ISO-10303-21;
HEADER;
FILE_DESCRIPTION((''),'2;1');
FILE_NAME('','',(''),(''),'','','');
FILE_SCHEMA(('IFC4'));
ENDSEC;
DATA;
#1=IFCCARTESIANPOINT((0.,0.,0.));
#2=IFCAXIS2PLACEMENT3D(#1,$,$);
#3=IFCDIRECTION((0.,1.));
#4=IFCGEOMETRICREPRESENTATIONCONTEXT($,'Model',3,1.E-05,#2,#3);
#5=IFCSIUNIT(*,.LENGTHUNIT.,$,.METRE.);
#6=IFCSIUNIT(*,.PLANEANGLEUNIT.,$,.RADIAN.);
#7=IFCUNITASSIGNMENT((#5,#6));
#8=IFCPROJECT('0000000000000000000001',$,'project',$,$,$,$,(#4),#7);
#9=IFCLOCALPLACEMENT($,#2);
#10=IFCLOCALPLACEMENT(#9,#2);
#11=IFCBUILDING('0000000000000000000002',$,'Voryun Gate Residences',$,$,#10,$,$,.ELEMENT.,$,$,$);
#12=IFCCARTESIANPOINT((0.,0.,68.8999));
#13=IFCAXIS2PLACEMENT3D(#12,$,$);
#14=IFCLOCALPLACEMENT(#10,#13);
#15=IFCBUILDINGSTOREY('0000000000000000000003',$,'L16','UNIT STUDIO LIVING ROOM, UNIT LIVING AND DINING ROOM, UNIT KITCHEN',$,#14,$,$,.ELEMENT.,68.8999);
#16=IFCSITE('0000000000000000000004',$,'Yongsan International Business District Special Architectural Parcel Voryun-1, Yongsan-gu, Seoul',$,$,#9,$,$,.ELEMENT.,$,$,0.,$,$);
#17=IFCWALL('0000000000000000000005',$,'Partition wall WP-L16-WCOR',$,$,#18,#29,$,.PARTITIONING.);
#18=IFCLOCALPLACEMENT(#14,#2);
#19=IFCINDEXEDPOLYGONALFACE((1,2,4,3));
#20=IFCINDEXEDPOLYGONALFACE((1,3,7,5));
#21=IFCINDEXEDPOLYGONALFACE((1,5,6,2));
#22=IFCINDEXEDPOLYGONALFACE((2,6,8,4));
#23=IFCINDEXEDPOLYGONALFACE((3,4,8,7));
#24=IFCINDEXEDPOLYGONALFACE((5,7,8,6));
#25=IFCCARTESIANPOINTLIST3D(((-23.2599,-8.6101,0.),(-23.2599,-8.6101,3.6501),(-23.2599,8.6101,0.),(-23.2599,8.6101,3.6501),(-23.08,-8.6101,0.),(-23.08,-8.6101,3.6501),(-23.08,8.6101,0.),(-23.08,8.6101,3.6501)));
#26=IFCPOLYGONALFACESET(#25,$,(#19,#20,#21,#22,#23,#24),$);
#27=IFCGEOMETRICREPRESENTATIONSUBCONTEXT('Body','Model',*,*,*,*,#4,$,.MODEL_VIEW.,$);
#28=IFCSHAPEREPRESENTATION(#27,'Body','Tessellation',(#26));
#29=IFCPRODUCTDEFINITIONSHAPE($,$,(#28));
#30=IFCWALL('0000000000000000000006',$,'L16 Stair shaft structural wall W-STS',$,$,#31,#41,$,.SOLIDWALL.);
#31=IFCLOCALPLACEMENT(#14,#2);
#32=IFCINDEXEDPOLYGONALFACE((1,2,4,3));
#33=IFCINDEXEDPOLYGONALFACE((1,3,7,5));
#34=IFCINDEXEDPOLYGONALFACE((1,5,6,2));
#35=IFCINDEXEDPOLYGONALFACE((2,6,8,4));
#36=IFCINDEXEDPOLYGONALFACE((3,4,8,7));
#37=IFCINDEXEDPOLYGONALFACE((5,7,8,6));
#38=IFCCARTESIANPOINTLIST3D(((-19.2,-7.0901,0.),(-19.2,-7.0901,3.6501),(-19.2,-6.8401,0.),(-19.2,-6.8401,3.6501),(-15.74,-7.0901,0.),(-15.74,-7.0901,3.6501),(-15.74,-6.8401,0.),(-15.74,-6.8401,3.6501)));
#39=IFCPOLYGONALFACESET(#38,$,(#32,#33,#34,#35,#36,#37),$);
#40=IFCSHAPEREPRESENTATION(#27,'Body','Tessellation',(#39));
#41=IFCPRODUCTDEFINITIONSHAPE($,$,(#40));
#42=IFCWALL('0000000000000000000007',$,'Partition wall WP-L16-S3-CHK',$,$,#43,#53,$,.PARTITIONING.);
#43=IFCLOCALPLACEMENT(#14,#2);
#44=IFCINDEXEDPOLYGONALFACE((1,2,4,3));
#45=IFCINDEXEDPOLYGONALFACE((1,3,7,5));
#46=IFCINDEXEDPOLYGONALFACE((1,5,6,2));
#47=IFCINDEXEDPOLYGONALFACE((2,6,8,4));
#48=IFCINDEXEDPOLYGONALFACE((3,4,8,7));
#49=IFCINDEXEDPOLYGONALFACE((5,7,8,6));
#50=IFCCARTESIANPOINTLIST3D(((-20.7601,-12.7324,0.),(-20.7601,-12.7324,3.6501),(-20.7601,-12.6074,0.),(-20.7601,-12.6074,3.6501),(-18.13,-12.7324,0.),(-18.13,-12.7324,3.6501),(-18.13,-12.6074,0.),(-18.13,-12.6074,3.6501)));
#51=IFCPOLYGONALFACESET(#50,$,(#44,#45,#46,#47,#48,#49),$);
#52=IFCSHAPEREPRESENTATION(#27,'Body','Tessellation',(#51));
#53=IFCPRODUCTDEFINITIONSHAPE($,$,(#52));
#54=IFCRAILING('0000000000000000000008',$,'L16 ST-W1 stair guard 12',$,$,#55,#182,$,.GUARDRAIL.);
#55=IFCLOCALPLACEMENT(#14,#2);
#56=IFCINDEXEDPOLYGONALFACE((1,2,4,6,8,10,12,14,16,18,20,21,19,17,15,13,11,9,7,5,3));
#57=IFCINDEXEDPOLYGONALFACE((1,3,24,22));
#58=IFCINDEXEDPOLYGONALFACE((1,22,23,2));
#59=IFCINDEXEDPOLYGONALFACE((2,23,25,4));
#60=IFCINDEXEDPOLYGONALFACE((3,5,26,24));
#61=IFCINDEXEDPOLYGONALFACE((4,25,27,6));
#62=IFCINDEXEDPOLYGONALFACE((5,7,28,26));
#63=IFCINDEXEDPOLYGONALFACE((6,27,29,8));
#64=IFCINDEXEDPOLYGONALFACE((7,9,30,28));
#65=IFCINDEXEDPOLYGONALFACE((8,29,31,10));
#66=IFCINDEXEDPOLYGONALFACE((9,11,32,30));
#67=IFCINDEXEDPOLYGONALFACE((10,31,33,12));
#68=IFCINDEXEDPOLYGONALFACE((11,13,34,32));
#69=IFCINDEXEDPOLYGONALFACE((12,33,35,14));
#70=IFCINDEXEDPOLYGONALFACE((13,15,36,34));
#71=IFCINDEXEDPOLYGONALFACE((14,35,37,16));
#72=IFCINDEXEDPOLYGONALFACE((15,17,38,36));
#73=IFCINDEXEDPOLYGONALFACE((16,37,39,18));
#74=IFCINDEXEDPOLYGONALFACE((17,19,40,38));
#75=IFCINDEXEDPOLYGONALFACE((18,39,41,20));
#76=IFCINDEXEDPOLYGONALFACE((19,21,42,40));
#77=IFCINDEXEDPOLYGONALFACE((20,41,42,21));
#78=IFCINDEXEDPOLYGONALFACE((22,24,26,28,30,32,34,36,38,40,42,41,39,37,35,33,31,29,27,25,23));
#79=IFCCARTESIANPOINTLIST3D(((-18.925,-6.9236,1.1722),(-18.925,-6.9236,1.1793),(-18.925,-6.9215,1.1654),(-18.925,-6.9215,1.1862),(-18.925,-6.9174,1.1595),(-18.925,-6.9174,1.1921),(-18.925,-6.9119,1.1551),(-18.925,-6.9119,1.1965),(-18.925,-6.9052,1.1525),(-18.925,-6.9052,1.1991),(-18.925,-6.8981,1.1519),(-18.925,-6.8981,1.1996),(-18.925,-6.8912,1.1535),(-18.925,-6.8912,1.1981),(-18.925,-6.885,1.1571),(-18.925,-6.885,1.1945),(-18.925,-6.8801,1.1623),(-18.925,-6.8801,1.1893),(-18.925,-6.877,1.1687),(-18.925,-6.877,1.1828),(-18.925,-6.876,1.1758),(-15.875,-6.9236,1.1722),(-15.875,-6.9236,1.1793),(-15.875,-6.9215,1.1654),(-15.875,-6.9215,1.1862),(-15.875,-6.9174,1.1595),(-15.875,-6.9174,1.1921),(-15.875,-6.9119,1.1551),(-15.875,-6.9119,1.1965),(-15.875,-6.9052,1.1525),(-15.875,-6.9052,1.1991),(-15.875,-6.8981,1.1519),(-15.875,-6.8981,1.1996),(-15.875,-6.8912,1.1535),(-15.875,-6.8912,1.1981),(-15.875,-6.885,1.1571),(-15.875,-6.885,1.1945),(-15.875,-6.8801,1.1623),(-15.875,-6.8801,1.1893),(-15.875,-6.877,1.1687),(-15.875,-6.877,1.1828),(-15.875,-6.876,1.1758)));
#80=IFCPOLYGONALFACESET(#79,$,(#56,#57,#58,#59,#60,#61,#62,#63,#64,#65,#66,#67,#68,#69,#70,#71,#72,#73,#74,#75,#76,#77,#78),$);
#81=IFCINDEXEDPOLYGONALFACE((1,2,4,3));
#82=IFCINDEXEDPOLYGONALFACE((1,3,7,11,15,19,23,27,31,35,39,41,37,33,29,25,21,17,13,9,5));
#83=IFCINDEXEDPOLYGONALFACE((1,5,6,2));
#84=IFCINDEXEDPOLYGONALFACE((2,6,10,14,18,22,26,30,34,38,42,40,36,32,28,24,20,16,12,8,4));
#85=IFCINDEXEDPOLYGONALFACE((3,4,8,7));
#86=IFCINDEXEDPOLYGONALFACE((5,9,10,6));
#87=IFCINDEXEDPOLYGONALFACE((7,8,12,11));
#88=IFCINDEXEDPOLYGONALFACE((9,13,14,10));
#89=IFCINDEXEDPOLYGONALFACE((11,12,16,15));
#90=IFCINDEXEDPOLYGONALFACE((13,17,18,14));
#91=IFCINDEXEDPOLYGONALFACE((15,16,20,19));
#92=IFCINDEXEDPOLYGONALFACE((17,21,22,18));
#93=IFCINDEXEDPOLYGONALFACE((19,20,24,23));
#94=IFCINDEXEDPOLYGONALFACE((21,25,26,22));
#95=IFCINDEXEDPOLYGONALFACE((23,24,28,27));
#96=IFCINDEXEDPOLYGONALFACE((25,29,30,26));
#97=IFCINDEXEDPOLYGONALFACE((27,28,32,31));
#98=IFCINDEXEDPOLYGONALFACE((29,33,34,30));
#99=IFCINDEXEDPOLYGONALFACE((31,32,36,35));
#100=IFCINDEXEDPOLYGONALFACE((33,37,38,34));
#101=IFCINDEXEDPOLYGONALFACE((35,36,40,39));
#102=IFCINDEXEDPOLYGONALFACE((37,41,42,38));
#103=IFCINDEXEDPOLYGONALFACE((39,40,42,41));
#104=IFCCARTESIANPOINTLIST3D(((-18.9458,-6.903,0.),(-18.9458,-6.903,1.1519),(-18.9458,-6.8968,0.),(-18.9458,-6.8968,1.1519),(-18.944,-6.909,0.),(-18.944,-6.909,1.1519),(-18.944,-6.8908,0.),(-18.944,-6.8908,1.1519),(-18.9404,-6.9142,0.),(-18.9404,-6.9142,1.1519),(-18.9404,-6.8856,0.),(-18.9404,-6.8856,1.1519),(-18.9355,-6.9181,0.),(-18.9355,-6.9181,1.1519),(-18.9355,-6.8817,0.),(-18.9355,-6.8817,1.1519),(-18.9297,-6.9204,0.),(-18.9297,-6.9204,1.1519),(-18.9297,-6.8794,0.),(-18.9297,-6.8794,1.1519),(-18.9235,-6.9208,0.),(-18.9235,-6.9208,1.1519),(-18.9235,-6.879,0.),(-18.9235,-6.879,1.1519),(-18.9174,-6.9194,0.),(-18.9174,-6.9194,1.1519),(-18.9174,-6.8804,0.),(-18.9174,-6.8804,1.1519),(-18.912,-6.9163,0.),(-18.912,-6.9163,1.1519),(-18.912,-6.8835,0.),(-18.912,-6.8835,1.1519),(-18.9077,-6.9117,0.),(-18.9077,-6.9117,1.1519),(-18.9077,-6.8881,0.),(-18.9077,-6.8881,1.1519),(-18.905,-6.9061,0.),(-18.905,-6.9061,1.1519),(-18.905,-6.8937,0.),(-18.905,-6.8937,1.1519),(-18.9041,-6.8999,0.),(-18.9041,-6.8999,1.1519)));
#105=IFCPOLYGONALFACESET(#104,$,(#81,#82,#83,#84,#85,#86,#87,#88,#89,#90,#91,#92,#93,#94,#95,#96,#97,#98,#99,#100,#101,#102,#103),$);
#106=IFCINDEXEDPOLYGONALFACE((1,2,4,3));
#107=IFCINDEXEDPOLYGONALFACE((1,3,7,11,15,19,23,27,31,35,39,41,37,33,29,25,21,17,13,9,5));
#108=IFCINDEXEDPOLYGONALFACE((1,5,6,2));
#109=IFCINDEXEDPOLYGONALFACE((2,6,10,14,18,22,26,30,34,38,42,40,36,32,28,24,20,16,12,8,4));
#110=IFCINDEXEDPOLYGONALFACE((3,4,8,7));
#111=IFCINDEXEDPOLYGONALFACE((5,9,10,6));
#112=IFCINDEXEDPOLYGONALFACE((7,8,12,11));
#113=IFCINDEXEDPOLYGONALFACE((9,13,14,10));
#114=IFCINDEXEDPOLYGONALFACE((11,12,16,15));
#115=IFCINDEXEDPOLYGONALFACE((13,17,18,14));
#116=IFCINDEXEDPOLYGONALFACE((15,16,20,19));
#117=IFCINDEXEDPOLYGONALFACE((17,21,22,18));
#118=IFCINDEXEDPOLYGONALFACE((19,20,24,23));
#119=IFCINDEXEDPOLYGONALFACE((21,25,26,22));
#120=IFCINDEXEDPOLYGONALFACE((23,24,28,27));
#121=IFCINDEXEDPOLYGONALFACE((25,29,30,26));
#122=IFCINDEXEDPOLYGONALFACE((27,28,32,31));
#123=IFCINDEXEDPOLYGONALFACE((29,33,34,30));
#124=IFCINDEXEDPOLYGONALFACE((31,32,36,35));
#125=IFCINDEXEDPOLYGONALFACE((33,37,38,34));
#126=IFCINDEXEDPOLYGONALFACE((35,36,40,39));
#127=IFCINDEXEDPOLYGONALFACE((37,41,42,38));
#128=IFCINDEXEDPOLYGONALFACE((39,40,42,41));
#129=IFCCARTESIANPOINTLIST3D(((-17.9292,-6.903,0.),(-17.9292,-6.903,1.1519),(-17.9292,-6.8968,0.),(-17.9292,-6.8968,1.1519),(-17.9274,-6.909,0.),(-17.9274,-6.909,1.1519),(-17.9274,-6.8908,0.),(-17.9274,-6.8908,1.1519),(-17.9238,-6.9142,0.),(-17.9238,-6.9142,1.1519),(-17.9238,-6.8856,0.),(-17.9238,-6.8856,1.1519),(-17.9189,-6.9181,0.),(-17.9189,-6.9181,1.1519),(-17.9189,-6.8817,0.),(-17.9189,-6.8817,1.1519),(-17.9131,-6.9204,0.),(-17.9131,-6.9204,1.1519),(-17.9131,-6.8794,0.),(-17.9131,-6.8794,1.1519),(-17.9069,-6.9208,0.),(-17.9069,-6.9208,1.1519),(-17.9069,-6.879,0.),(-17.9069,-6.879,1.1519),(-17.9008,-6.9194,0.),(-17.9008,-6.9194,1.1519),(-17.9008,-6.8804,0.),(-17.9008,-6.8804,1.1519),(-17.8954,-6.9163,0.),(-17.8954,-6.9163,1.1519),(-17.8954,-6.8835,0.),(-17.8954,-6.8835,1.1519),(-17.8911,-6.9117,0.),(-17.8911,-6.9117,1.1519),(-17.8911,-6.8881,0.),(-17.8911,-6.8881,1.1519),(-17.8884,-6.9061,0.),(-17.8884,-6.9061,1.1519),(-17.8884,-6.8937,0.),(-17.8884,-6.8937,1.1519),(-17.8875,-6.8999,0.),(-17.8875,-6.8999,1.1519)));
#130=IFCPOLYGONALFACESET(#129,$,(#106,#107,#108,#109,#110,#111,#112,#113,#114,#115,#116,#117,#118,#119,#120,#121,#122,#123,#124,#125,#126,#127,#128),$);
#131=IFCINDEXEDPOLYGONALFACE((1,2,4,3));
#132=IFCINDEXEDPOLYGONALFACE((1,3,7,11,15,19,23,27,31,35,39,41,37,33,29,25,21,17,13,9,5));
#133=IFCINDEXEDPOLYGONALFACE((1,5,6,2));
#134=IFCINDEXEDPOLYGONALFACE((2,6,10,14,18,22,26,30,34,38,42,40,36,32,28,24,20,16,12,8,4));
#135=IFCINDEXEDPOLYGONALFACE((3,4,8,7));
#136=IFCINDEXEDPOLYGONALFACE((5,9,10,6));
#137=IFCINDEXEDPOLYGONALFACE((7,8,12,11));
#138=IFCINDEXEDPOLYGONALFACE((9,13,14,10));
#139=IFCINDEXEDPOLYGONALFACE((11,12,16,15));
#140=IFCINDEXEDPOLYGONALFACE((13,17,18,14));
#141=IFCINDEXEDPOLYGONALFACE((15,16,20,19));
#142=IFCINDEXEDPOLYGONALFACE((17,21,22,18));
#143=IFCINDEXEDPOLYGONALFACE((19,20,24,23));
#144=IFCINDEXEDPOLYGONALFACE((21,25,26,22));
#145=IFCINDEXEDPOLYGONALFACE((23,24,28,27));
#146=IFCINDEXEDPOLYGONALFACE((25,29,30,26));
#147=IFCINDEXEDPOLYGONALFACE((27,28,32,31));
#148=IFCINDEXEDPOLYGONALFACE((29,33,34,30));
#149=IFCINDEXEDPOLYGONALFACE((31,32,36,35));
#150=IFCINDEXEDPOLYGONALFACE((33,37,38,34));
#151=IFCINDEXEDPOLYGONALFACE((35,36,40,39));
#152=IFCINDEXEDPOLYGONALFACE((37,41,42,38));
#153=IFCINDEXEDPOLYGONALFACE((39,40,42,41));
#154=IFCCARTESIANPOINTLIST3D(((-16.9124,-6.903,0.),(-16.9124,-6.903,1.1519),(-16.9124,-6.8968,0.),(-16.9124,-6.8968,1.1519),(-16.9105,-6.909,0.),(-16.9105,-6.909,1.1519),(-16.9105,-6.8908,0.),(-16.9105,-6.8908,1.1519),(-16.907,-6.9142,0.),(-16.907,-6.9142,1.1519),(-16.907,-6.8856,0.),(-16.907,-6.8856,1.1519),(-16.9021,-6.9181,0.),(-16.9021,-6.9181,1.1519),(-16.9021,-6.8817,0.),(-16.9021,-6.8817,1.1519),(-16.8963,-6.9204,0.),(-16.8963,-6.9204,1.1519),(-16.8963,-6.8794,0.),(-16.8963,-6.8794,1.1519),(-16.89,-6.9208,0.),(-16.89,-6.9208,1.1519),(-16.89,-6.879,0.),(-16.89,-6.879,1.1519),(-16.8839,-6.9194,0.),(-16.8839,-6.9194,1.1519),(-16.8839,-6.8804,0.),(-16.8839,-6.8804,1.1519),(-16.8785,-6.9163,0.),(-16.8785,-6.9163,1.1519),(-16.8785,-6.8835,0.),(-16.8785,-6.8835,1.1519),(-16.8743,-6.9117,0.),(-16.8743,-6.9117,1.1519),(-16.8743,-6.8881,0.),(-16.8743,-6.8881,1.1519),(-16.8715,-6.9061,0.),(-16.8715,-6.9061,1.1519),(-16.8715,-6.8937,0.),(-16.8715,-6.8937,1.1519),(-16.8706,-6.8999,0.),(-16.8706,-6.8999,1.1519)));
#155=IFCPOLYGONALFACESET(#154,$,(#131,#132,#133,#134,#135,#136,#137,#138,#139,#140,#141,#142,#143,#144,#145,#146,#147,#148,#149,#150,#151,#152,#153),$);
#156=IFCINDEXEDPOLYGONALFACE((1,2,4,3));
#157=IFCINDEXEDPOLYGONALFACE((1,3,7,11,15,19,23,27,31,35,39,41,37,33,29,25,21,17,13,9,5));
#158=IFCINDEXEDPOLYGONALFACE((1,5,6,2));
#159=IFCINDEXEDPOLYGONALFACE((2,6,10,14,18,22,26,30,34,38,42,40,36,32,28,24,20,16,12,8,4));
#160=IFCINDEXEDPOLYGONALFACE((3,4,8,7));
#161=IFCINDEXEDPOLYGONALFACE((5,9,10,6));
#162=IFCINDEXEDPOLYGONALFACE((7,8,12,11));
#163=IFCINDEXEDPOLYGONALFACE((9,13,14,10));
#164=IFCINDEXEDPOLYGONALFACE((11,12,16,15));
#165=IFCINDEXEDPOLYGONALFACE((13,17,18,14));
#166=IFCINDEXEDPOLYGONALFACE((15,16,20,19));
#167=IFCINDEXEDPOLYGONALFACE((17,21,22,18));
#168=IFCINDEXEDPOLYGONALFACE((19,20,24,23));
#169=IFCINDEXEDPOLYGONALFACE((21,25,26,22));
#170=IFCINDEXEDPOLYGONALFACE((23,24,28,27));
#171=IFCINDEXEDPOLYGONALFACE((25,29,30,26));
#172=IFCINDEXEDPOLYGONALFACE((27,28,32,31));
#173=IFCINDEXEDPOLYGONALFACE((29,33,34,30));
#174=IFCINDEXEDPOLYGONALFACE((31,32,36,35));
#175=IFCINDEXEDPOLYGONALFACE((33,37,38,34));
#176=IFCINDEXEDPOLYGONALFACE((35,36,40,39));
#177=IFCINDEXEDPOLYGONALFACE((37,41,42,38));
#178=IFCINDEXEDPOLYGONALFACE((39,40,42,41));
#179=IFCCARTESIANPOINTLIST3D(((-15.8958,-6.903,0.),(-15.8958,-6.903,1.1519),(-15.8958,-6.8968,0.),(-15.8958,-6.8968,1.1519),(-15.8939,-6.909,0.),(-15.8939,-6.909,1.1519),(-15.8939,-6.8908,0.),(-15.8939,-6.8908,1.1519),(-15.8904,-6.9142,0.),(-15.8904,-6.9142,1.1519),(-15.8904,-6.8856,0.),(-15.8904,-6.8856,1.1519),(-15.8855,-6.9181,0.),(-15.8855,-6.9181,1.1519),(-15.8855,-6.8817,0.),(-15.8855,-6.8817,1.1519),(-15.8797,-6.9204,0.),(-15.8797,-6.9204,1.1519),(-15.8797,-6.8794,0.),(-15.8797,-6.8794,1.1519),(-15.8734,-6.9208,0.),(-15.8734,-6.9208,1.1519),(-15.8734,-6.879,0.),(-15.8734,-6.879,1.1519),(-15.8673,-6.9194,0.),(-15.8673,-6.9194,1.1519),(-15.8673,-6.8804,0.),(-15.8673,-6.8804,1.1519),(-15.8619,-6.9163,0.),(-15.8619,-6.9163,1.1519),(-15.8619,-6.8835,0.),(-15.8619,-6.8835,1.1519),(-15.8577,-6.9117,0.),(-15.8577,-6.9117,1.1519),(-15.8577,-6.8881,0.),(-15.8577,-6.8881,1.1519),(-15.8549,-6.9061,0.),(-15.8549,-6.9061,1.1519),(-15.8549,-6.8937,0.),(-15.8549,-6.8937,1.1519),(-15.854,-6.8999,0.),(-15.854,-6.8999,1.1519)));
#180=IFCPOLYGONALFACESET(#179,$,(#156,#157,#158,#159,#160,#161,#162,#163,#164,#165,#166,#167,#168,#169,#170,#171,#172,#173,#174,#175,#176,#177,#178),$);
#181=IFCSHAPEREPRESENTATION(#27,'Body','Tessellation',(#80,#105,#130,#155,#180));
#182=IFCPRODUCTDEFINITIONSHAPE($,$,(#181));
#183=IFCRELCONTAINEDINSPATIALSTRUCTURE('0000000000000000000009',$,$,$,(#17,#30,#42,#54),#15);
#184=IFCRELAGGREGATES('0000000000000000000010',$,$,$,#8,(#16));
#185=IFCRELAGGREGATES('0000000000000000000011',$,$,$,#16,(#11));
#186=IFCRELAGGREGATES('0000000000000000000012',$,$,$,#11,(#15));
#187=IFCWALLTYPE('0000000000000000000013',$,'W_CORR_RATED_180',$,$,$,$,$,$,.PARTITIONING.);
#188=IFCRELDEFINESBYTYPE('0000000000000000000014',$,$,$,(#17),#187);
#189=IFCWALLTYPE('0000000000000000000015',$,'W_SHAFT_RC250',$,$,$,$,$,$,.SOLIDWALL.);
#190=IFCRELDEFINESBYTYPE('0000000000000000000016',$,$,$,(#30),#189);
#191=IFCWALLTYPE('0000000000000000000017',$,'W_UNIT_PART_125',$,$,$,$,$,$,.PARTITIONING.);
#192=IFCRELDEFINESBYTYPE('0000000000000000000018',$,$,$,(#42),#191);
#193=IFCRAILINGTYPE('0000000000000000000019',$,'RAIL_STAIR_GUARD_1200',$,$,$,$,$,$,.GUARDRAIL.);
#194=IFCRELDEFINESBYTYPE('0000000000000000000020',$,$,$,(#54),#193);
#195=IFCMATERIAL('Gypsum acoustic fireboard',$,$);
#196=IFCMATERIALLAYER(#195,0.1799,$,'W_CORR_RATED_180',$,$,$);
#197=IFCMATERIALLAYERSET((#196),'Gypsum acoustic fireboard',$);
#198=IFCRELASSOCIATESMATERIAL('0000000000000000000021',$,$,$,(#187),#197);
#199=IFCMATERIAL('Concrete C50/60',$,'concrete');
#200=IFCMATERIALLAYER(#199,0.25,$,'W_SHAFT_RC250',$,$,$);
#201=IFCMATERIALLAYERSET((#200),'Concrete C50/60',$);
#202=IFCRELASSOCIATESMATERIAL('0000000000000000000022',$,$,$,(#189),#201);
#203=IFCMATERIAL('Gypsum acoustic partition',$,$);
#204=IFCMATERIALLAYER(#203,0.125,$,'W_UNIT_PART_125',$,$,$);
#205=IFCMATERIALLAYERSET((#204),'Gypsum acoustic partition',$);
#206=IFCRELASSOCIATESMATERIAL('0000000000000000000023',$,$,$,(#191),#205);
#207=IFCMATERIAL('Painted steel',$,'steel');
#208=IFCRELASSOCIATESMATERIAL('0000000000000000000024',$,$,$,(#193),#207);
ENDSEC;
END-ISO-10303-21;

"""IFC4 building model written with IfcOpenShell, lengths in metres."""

from ifc_helpers import new_model, si_unit, direction, frame, frame_2d, origin, origin_2d, place, context, subcontext, project, spatial, rectangle, circle, extrude, material, layer, layer_set, type_object, element, save


model = new_model("IFC4")

# Units and contexts
model_context = context("Model", 3, precision=1e-05, world=origin(), true_north=direction((0.0, 1.0)))
body_context = subcontext(model_context, "Body", "Model", "MODEL_VIEW")
ifc_project = project(units=[si_unit("LENGTHUNIT", "METRE"), si_unit("PLANEANGLEUNIT", "RADIAN")], contexts=[model_context])

# Site, building, storey
site_placement = place(None, origin())
site = spatial("IfcSite", under=ifc_project, at=site_placement, Name="Yongsan International Business District Special Architectural Parcel Voryun-1, Yongsan-gu, Seoul", CompositionType="ELEMENT", RefElevation=0.0)
building_placement = place(site_placement, origin())
building = spatial("IfcBuilding", under=site, at=building_placement, Name="Voryun Gate Residences", CompositionType="ELEMENT")
storey_placement = place(building_placement, frame((0.0, 0.0, 68.8999)))
storey = spatial("IfcBuildingStorey", under=building, at=storey_placement, Name="L16", Description="UNIT STUDIO LIVING ROOM, UNIT LIVING AND DINING ROOM, UNIT KITCHEN", CompositionType="ELEMENT", Elevation=68.8999)

# Walls
ifc_material_1 = material(Name="Gypsum acoustic fireboard")
ifc_layer_1 = layer(ifc_material_1, 0.1799, Name="W_CORR_RATED_180")
ifc_layer_set_1 = layer_set([ifc_layer_1], Name="Gypsum acoustic fireboard")
wall_type_1 = type_object("IfcWallType", Name="W_CORR_RATED_180", PredefinedType="PARTITIONING", material=ifc_layer_set_1)
wall_1_placement = place(storey_placement, frame((-23.1699, -8.6101, 0.0), z_axis=(0.0, 0.0, 1.0), x_axis=(0.0, 1.0, 0.0)))
element("IfcWall", 1, at=wall_1_placement, inside=storey, type_object=wall_type_1, Name="Partition wall WP-L16-WCOR", PredefinedType="PARTITIONING", context=body_context, shape_type="SweptSolid", body=[
    extrude(rectangle(XDim=17.2202, YDim=0.1799, at=frame_2d((8.6101, 0.0))), origin(), (0.0, 0.0, 1.0), 3.6501),
])
ifc_material_2 = material(Name="Concrete C50/60", Category="concrete")
ifc_layer_2 = layer(ifc_material_2, 0.25, Name="W_SHAFT_RC250")
ifc_layer_set_2 = layer_set([ifc_layer_2], Name="Concrete C50/60")
wall_type_2 = type_object("IfcWallType", Name="W_SHAFT_RC250", PredefinedType="SOLIDWALL", material=ifc_layer_set_2)
wall_2_placement = place(storey_placement, frame((-19.2, -6.9651, 0.0), z_axis=(0.0, 0.0, 1.0), x_axis=(1.0, 0.0, 0.0)))
element("IfcWall", 2, at=wall_2_placement, inside=storey, type_object=wall_type_2, Name="L16 Stair shaft structural wall W-STS", PredefinedType="SOLIDWALL", context=body_context, shape_type="SweptSolid", body=[
    extrude(rectangle(XDim=3.46, YDim=0.25, at=frame_2d((1.73, 0.0))), origin(), (0.0, 0.0, 1.0), 3.6501),
])
ifc_material_3 = material(Name="Gypsum acoustic partition")
ifc_layer_3 = layer(ifc_material_3, 0.125, Name="W_UNIT_PART_125")
ifc_layer_set_3 = layer_set([ifc_layer_3], Name="Gypsum acoustic partition")
wall_type_3 = type_object("IfcWallType", Name="W_UNIT_PART_125", PredefinedType="PARTITIONING", material=ifc_layer_set_3)
wall_3_placement = place(storey_placement, frame((-20.76, -12.6699, 0.0), z_axis=(0.0, 0.0, 1.0), x_axis=(1.0, 0.0, 0.0)))
element("IfcWall", 3, at=wall_3_placement, inside=storey, type_object=wall_type_3, Name="Partition wall WP-L16-S3-CHK", PredefinedType="PARTITIONING", context=body_context, shape_type="SweptSolid", body=[
    extrude(rectangle(XDim=2.6301, YDim=0.125, at=frame_2d((1.3149, 0.0))), origin(), (0.0, 0.0, 1.0), 3.6501),
])

# Railing
ifc_material_4 = material(Name="Painted steel", Category="steel")
railing_type = type_object("IfcRailingType", Name="RAIL_STAIR_GUARD_1200", PredefinedType="GUARDRAIL", material=ifc_material_4)
railing_placement = place(storey_placement, frame((-18.925, -6.8999, 0.0)))
element("IfcRailing", 4, at=railing_placement, inside=storey, type_object=railing_type, Name="L16 ST-W1 stair guard 12", PredefinedType="GUARDRAIL", context=body_context, shape_type="SweptSolid", body=[
    extrude(circle(Radius=0.0239, at=origin_2d()), frame((0.0, 0.0, 1.1758), z_axis=(1.0, 0.0, 0.0), x_axis=(0.0, 1.0, 0.0)), (0.0, 0.0, 1.0), 3.05),
    extrude(circle(Radius=0.021, at=origin_2d()), origin(), (0.0, 0.0, 1.0), 1.1519),
    extrude(circle(Radius=0.021, at=origin_2d()), frame((1.0166, 0.0, 0.0)), (0.0, 0.0, 1.0), 1.1519),
    extrude(circle(Radius=0.021, at=origin_2d()), frame((2.0334, 0.0, 0.0)), (0.0, 0.0, 1.0), 1.1519),
    extrude(circle(Radius=0.021, at=origin_2d()), frame((3.05, 0.0, 0.0)), (0.0, 0.0, 1.0), 1.1519),
])

save(model, "model.ifc")
